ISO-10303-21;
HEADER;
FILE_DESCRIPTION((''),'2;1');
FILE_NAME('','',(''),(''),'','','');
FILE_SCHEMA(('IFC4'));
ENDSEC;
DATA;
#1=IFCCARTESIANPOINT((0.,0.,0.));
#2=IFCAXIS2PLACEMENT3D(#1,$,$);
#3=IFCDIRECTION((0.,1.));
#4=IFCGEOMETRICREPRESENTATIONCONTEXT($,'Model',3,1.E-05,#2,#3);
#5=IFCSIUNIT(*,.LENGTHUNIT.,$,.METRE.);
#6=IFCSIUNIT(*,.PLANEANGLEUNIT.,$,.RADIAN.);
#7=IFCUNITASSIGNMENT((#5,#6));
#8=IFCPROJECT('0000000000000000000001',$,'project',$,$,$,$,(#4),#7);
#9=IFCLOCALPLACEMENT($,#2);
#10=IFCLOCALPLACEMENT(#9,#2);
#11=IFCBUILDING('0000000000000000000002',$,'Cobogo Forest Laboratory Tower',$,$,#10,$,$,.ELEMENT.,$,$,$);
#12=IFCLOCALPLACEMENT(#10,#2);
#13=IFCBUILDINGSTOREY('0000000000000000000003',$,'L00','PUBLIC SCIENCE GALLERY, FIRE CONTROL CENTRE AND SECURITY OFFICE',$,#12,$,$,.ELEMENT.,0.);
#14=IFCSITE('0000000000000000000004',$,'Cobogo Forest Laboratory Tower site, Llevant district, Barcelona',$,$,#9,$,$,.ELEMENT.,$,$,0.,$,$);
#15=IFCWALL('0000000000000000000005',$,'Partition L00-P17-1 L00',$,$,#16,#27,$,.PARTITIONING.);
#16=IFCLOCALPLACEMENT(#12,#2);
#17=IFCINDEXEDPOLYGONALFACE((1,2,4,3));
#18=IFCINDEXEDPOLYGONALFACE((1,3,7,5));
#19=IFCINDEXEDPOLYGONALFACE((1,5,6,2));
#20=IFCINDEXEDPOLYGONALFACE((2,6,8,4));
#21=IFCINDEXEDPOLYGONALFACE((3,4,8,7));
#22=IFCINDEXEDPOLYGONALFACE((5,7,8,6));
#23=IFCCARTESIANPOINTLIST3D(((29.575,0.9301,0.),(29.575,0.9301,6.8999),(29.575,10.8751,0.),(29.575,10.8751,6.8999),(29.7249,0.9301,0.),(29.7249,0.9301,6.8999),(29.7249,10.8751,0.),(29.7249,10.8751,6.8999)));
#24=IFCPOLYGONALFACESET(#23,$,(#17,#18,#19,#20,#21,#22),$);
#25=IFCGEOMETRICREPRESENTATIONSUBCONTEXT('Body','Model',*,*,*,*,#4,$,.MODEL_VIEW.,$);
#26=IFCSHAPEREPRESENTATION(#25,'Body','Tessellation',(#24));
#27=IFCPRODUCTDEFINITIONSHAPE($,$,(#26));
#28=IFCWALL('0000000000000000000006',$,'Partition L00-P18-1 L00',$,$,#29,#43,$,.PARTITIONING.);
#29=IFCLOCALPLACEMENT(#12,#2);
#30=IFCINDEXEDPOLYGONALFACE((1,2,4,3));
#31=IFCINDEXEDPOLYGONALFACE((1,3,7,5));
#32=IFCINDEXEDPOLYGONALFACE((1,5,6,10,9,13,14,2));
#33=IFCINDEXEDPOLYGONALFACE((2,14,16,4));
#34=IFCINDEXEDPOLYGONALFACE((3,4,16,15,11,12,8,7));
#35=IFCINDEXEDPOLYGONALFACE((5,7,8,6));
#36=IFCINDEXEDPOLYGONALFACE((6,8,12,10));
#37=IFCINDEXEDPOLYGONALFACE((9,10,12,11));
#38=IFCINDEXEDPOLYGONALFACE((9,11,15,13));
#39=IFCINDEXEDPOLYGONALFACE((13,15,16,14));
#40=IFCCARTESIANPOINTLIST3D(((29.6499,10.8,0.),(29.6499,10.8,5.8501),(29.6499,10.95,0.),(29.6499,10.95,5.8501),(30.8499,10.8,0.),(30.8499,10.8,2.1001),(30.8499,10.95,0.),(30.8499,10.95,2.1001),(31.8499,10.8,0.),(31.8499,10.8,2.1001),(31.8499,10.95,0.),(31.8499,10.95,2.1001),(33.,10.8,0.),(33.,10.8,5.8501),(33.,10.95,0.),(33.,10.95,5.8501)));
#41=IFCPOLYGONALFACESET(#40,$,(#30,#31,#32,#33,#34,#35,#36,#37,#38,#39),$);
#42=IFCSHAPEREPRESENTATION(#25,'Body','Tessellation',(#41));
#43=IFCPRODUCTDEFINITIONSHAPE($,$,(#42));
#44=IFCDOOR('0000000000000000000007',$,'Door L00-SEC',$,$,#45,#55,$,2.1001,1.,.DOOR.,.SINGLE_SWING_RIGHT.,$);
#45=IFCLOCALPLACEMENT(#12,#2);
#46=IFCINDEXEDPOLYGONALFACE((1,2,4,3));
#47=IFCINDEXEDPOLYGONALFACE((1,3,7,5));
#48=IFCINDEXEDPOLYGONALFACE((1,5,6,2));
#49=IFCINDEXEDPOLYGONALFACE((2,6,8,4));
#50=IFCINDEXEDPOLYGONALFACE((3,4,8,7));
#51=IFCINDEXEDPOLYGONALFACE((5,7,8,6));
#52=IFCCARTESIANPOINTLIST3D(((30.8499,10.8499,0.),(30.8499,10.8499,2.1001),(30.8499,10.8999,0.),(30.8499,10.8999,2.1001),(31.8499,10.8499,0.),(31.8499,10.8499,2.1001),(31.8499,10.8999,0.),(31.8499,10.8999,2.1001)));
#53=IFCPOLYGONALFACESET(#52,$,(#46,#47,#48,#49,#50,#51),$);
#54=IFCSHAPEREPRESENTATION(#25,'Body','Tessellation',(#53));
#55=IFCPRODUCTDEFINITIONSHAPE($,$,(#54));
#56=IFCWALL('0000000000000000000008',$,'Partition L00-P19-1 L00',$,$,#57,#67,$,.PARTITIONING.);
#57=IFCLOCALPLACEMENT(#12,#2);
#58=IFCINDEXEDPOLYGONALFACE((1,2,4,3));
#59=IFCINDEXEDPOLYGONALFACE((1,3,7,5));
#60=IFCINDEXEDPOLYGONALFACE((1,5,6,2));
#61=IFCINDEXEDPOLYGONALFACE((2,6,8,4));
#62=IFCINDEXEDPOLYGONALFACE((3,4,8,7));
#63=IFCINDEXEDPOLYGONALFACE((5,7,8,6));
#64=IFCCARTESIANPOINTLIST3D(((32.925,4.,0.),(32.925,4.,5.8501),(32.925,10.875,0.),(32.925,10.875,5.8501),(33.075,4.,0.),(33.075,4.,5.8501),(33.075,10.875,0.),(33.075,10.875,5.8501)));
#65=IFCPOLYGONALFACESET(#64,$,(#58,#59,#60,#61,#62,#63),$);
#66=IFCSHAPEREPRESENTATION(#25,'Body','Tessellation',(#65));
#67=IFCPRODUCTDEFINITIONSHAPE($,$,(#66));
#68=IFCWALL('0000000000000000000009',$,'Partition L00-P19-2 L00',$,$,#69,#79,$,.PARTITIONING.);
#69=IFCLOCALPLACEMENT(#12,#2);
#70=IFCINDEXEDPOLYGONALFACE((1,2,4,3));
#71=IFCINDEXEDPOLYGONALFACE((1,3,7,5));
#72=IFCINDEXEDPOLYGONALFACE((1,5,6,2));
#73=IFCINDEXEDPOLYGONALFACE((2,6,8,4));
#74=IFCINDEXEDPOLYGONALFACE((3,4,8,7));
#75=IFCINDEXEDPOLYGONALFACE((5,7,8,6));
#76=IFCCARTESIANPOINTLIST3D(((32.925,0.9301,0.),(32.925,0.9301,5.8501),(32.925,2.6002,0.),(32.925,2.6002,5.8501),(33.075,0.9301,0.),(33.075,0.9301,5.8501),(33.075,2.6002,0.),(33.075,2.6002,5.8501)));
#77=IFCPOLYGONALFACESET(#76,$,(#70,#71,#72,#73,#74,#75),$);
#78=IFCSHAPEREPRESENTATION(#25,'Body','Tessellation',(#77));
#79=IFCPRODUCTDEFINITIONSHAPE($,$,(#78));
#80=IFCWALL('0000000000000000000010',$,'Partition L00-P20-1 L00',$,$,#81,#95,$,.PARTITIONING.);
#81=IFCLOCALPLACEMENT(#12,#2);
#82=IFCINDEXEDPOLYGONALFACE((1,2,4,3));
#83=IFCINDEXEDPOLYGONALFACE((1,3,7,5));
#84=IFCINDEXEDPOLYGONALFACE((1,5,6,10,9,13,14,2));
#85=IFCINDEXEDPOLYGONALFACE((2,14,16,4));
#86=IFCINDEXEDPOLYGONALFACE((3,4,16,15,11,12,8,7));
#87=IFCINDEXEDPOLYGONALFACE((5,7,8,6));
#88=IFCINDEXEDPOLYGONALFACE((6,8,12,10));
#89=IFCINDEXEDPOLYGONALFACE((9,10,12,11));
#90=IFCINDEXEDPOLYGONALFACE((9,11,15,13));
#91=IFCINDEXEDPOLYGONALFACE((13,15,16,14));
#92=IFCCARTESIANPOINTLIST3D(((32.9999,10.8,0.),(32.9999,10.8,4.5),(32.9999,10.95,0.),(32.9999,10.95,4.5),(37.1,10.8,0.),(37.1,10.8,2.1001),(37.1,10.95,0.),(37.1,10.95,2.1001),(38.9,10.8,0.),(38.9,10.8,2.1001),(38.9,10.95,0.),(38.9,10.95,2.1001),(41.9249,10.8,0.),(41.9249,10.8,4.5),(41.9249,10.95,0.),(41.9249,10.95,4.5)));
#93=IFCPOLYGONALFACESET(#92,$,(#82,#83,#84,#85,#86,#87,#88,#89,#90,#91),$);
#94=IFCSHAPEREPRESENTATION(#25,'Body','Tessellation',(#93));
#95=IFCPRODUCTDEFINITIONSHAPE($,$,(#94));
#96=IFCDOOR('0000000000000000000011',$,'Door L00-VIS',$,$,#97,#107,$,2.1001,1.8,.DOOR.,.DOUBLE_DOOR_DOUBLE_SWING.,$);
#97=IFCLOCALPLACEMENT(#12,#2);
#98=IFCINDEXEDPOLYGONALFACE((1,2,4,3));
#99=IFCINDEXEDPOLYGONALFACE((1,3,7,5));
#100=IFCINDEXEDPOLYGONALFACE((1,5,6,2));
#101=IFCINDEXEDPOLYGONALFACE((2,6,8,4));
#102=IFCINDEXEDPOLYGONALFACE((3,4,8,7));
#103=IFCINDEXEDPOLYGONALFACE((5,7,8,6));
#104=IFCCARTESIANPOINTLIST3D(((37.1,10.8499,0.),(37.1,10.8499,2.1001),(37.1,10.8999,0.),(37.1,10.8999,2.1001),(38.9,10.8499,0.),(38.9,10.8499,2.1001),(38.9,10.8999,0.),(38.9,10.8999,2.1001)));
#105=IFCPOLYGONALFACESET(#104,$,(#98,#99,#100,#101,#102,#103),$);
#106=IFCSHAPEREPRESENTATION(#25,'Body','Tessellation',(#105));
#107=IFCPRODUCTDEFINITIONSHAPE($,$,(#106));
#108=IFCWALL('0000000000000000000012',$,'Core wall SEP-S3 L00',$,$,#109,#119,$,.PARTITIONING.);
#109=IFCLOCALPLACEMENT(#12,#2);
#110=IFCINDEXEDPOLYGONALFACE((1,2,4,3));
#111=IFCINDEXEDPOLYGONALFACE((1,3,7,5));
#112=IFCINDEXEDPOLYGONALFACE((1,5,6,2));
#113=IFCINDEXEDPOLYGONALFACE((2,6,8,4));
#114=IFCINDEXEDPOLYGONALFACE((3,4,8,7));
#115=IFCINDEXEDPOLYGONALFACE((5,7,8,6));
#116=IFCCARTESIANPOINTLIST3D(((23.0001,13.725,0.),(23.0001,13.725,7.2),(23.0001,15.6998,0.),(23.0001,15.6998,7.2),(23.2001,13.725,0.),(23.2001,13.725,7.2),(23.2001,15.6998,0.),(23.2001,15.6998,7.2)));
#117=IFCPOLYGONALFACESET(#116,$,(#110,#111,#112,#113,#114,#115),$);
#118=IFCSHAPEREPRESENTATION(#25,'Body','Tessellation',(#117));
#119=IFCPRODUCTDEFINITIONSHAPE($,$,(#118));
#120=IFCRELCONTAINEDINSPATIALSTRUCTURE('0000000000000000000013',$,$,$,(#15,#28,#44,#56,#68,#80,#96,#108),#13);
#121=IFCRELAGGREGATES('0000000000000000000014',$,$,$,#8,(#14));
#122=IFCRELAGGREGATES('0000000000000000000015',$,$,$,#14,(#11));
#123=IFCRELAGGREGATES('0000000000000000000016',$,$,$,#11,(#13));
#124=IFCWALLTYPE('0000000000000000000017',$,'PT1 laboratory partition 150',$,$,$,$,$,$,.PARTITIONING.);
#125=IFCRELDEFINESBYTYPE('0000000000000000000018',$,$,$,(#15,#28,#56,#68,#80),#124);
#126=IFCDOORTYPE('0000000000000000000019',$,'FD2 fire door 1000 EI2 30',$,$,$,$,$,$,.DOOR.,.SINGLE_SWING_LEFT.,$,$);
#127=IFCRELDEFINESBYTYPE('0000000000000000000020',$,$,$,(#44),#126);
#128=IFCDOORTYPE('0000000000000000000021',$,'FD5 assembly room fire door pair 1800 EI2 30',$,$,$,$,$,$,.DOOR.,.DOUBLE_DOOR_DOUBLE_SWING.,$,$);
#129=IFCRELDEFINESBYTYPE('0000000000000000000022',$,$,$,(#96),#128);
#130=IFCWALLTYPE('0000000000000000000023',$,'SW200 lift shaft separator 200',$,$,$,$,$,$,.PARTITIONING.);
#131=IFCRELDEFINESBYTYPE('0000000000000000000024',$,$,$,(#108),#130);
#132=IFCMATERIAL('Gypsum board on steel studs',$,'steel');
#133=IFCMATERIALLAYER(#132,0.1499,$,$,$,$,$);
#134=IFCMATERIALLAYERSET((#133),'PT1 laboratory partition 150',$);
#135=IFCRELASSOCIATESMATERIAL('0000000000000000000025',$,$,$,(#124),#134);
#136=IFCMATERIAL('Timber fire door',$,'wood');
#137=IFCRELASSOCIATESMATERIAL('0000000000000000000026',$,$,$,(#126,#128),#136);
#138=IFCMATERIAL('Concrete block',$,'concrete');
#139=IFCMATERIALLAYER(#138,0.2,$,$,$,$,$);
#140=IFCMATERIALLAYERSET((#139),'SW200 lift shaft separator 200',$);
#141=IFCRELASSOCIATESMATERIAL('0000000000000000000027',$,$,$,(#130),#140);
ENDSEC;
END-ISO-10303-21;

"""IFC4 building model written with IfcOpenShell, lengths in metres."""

from ifc_helpers import new_model, si_unit, direction, frame, frame_2d, origin, place, context, subcontext, project, spatial, rectangle, extrude, material, layer, layer_set, type_object, element, fill, save


model = new_model("IFC4")

# Units and contexts
model_context = context("Model", 3, precision=1e-05, world=origin(), true_north=direction((0.0, 1.0)))
body_context = subcontext(model_context, "Body", "Model", "MODEL_VIEW")
ifc_project = project(units=[si_unit("LENGTHUNIT", "METRE"), si_unit("PLANEANGLEUNIT", "RADIAN")], contexts=[model_context])

# Site, building, storey
site_placement = place(None, origin())
site = spatial("IfcSite", under=ifc_project, at=site_placement, Name="Cobogo Forest Laboratory Tower site, Llevant district, Barcelona", CompositionType="ELEMENT", RefElevation=0.0)
building_placement = place(site_placement, origin())
building = spatial("IfcBuilding", under=site, at=building_placement, Name="Cobogo Forest Laboratory Tower", CompositionType="ELEMENT")
storey_placement = place(building_placement, origin())
storey = spatial("IfcBuildingStorey", under=building, at=storey_placement, Name="L00", Description="PUBLIC SCIENCE GALLERY, FIRE CONTROL CENTRE AND SECURITY OFFICE", CompositionType="ELEMENT", Elevation=0.0)

# Wall
ifc_material_1 = material(Name="Gypsum board on steel studs", Category="steel")
ifc_layer_1 = layer(ifc_material_1, 0.1499)
ifc_layer_set_1 = layer_set([ifc_layer_1], Name="PT1 laboratory partition 150")
wall_type_1 = type_object("IfcWallType", Name="PT1 laboratory partition 150", PredefinedType="PARTITIONING", material=ifc_layer_set_1)
for number, where, z_axis, x_axis, name in (
    (1, (29.6499, 0.9299, 0.0), (0.0, 0.0, 1.0), (0.0, 1.0, 0.0), "Partition L00-P17-1 L00"),
):
    element("IfcWall", number, at=place(storey_placement, frame(where, z_axis=z_axis, x_axis=x_axis)), inside=storey, type_object=wall_type_1, Name=name, PredefinedType="PARTITIONING", context=body_context, shape_type="SweptSolid", body=[
        extrude(rectangle(XDim=9.9451, YDim=0.1499, at=frame_2d((4.9727, 0.0))), origin(), (0.0, 0.0, 1.0), 6.8999),
    ])

# Wall, opening, door
wall_1_placement = place(storey_placement, frame((29.6499, 10.875, 0.0), z_axis=(0.0, 0.0, 1.0), x_axis=(1.0, 0.0, 0.0)))
wall_1 = element("IfcWall", 2, at=wall_1_placement, inside=storey, type_object=wall_type_1, Name="Partition L00-P18-1 L00", PredefinedType="PARTITIONING", context=body_context, shape_type="SweptSolid", body=[
    extrude(rectangle(XDim=3.3501, YDim=0.1499, at=frame_2d((1.675, 0.0))), origin(), (0.0, 0.0, 1.0), 5.8501),
])
opening_1_placement = place(wall_1_placement, frame((1.2, 0.0, 0.0)))
opening_1 = element("IfcOpeningElement", 3, at=opening_1_placement, cuts=wall_1, PredefinedType="OPENING", context=body_context, shape_type="SweptSolid", body=[
    extrude(rectangle(XDim=1.0, YDim=2.1001, at=frame_2d((0.5, 1.05))), frame((0.0, 0.085, 0.0), z_axis=(0.0, -1.0, 0.0), x_axis=(1.0, 0.0, 0.0)), (0.0, 0.0, 1.0), 0.1699),
])
ifc_material_2 = material(Name="Timber fire door", Category="wood")
door_type_1 = type_object("IfcDoorType", Name="FD2 fire door 1000 EI2 30", OperationType="SINGLE_SWING_LEFT", PredefinedType="DOOR", material=ifc_material_2)
door_1_placement = place(opening_1_placement, origin())
door_1 = element("IfcDoor", 4, at=door_1_placement, inside=storey, type_object=door_type_1, Name="Door L00-SEC", OperationType="SINGLE_SWING_RIGHT", OverallHeight=2.1001, OverallWidth=1.0, PredefinedType="DOOR", context=body_context, shape_type="SweptSolid", body=[
    extrude(rectangle(XDim=1.0, YDim=2.1001, at=frame_2d((0.5, 1.05))), frame((0.0, 0.0249, 0.0), z_axis=(0.0, -1.0, 0.0), x_axis=(1.0, 0.0, 0.0)), (0.0, 0.0, 1.0), 0.05),
])
fill(opening_1, door_1)

# Walls
wall_2_placement = place(storey_placement, frame((33.0, 10.875, 0.0), z_axis=(0.0, 0.0, 1.0), x_axis=(0.0, -1.0, 0.0)))
element("IfcWall", 5, at=wall_2_placement, inside=storey, type_object=wall_type_1, Name="Partition L00-P19-1 L00", PredefinedType="PARTITIONING", context=body_context, shape_type="SweptSolid", body=[
    extrude(rectangle(XDim=6.875, YDim=0.1499, at=frame_2d((3.4375, 0.0))), origin(), (0.0, 0.0, 1.0), 5.8501),
])
wall_3_placement = place(storey_placement, frame((33.0, 2.6001, 0.0), z_axis=(0.0, 0.0, 1.0), x_axis=(0.0, -1.0, 0.0)))
element("IfcWall", 6, at=wall_3_placement, inside=storey, type_object=wall_type_1, Name="Partition L00-P19-2 L00", PredefinedType="PARTITIONING", context=body_context, shape_type="SweptSolid", body=[
    extrude(rectangle(XDim=1.6702, YDim=0.1499, at=frame_2d((0.835, 0.0))), origin(), (0.0, 0.0, 1.0), 5.8501),
])

# Wall, opening, door
wall_4_placement = place(storey_placement, frame((33.0, 10.875, 0.0), z_axis=(0.0, 0.0, 1.0), x_axis=(1.0, 0.0, 0.0)))
wall_4 = element("IfcWall", 7, at=wall_4_placement, inside=storey, type_object=wall_type_1, Name="Partition L00-P20-1 L00", PredefinedType="PARTITIONING", context=body_context, shape_type="SweptSolid", body=[
    extrude(rectangle(XDim=8.925, YDim=0.1499, at=frame_2d((4.4624, 0.0))), origin(), (0.0, 0.0, 1.0), 4.5),
])
opening_2_placement = place(wall_4_placement, frame((4.1001, 0.0, 0.0)))
opening_2 = element("IfcOpeningElement", 8, at=opening_2_placement, cuts=wall_4, PredefinedType="OPENING", context=body_context, shape_type="SweptSolid", body=[
    extrude(rectangle(XDim=1.8, YDim=2.1001, at=frame_2d((0.8999, 1.05))), frame((0.0, 0.085, 0.0), z_axis=(0.0, -1.0, 0.0), x_axis=(1.0, 0.0, 0.0)), (0.0, 0.0, 1.0), 0.1699),
])
door_type_2 = type_object("IfcDoorType", Name="FD5 assembly room fire door pair 1800 EI2 30", OperationType="DOUBLE_DOOR_DOUBLE_SWING", PredefinedType="DOOR", material=ifc_material_2)
door_2_placement = place(opening_2_placement, origin())
door_2 = element("IfcDoor", 9, at=door_2_placement, inside=storey, type_object=door_type_2, Name="Door L00-VIS", OperationType="DOUBLE_DOOR_DOUBLE_SWING", OverallHeight=2.1001, OverallWidth=1.8, PredefinedType="DOOR", context=body_context, shape_type="SweptSolid", body=[
    extrude(rectangle(XDim=1.8, YDim=2.1001, at=frame_2d((0.8999, 1.05))), frame((0.0, 0.0249, 0.0), z_axis=(0.0, -1.0, 0.0), x_axis=(1.0, 0.0, 0.0)), (0.0, 0.0, 1.0), 0.05),
])
fill(opening_2, door_2)

# Wall
ifc_material_3 = material(Name="Concrete block", Category="concrete")
ifc_layer_2 = layer(ifc_material_3, 0.2)
ifc_layer_set_2 = layer_set([ifc_layer_2], Name="SW200 lift shaft separator 200")
wall_type_2 = type_object("IfcWallType", Name="SW200 lift shaft separator 200", PredefinedType="PARTITIONING", material=ifc_layer_set_2)
wall_5_placement = place(storey_placement, frame((23.1001, 13.7251, 0.0), z_axis=(0.0, 0.0, 1.0), x_axis=(0.0, 1.0, 0.0)))
element("IfcWall", 10, at=wall_5_placement, inside=storey, type_object=wall_type_2, Name="Core wall SEP-S3 L00", PredefinedType="PARTITIONING", context=body_context, shape_type="SweptSolid", body=[
    extrude(rectangle(XDim=1.9749, YDim=0.2, at=frame_2d((0.9873, 0.0))), origin(), (0.0, 0.0, 1.0), 7.2),
])

save(model, "model.ifc")
